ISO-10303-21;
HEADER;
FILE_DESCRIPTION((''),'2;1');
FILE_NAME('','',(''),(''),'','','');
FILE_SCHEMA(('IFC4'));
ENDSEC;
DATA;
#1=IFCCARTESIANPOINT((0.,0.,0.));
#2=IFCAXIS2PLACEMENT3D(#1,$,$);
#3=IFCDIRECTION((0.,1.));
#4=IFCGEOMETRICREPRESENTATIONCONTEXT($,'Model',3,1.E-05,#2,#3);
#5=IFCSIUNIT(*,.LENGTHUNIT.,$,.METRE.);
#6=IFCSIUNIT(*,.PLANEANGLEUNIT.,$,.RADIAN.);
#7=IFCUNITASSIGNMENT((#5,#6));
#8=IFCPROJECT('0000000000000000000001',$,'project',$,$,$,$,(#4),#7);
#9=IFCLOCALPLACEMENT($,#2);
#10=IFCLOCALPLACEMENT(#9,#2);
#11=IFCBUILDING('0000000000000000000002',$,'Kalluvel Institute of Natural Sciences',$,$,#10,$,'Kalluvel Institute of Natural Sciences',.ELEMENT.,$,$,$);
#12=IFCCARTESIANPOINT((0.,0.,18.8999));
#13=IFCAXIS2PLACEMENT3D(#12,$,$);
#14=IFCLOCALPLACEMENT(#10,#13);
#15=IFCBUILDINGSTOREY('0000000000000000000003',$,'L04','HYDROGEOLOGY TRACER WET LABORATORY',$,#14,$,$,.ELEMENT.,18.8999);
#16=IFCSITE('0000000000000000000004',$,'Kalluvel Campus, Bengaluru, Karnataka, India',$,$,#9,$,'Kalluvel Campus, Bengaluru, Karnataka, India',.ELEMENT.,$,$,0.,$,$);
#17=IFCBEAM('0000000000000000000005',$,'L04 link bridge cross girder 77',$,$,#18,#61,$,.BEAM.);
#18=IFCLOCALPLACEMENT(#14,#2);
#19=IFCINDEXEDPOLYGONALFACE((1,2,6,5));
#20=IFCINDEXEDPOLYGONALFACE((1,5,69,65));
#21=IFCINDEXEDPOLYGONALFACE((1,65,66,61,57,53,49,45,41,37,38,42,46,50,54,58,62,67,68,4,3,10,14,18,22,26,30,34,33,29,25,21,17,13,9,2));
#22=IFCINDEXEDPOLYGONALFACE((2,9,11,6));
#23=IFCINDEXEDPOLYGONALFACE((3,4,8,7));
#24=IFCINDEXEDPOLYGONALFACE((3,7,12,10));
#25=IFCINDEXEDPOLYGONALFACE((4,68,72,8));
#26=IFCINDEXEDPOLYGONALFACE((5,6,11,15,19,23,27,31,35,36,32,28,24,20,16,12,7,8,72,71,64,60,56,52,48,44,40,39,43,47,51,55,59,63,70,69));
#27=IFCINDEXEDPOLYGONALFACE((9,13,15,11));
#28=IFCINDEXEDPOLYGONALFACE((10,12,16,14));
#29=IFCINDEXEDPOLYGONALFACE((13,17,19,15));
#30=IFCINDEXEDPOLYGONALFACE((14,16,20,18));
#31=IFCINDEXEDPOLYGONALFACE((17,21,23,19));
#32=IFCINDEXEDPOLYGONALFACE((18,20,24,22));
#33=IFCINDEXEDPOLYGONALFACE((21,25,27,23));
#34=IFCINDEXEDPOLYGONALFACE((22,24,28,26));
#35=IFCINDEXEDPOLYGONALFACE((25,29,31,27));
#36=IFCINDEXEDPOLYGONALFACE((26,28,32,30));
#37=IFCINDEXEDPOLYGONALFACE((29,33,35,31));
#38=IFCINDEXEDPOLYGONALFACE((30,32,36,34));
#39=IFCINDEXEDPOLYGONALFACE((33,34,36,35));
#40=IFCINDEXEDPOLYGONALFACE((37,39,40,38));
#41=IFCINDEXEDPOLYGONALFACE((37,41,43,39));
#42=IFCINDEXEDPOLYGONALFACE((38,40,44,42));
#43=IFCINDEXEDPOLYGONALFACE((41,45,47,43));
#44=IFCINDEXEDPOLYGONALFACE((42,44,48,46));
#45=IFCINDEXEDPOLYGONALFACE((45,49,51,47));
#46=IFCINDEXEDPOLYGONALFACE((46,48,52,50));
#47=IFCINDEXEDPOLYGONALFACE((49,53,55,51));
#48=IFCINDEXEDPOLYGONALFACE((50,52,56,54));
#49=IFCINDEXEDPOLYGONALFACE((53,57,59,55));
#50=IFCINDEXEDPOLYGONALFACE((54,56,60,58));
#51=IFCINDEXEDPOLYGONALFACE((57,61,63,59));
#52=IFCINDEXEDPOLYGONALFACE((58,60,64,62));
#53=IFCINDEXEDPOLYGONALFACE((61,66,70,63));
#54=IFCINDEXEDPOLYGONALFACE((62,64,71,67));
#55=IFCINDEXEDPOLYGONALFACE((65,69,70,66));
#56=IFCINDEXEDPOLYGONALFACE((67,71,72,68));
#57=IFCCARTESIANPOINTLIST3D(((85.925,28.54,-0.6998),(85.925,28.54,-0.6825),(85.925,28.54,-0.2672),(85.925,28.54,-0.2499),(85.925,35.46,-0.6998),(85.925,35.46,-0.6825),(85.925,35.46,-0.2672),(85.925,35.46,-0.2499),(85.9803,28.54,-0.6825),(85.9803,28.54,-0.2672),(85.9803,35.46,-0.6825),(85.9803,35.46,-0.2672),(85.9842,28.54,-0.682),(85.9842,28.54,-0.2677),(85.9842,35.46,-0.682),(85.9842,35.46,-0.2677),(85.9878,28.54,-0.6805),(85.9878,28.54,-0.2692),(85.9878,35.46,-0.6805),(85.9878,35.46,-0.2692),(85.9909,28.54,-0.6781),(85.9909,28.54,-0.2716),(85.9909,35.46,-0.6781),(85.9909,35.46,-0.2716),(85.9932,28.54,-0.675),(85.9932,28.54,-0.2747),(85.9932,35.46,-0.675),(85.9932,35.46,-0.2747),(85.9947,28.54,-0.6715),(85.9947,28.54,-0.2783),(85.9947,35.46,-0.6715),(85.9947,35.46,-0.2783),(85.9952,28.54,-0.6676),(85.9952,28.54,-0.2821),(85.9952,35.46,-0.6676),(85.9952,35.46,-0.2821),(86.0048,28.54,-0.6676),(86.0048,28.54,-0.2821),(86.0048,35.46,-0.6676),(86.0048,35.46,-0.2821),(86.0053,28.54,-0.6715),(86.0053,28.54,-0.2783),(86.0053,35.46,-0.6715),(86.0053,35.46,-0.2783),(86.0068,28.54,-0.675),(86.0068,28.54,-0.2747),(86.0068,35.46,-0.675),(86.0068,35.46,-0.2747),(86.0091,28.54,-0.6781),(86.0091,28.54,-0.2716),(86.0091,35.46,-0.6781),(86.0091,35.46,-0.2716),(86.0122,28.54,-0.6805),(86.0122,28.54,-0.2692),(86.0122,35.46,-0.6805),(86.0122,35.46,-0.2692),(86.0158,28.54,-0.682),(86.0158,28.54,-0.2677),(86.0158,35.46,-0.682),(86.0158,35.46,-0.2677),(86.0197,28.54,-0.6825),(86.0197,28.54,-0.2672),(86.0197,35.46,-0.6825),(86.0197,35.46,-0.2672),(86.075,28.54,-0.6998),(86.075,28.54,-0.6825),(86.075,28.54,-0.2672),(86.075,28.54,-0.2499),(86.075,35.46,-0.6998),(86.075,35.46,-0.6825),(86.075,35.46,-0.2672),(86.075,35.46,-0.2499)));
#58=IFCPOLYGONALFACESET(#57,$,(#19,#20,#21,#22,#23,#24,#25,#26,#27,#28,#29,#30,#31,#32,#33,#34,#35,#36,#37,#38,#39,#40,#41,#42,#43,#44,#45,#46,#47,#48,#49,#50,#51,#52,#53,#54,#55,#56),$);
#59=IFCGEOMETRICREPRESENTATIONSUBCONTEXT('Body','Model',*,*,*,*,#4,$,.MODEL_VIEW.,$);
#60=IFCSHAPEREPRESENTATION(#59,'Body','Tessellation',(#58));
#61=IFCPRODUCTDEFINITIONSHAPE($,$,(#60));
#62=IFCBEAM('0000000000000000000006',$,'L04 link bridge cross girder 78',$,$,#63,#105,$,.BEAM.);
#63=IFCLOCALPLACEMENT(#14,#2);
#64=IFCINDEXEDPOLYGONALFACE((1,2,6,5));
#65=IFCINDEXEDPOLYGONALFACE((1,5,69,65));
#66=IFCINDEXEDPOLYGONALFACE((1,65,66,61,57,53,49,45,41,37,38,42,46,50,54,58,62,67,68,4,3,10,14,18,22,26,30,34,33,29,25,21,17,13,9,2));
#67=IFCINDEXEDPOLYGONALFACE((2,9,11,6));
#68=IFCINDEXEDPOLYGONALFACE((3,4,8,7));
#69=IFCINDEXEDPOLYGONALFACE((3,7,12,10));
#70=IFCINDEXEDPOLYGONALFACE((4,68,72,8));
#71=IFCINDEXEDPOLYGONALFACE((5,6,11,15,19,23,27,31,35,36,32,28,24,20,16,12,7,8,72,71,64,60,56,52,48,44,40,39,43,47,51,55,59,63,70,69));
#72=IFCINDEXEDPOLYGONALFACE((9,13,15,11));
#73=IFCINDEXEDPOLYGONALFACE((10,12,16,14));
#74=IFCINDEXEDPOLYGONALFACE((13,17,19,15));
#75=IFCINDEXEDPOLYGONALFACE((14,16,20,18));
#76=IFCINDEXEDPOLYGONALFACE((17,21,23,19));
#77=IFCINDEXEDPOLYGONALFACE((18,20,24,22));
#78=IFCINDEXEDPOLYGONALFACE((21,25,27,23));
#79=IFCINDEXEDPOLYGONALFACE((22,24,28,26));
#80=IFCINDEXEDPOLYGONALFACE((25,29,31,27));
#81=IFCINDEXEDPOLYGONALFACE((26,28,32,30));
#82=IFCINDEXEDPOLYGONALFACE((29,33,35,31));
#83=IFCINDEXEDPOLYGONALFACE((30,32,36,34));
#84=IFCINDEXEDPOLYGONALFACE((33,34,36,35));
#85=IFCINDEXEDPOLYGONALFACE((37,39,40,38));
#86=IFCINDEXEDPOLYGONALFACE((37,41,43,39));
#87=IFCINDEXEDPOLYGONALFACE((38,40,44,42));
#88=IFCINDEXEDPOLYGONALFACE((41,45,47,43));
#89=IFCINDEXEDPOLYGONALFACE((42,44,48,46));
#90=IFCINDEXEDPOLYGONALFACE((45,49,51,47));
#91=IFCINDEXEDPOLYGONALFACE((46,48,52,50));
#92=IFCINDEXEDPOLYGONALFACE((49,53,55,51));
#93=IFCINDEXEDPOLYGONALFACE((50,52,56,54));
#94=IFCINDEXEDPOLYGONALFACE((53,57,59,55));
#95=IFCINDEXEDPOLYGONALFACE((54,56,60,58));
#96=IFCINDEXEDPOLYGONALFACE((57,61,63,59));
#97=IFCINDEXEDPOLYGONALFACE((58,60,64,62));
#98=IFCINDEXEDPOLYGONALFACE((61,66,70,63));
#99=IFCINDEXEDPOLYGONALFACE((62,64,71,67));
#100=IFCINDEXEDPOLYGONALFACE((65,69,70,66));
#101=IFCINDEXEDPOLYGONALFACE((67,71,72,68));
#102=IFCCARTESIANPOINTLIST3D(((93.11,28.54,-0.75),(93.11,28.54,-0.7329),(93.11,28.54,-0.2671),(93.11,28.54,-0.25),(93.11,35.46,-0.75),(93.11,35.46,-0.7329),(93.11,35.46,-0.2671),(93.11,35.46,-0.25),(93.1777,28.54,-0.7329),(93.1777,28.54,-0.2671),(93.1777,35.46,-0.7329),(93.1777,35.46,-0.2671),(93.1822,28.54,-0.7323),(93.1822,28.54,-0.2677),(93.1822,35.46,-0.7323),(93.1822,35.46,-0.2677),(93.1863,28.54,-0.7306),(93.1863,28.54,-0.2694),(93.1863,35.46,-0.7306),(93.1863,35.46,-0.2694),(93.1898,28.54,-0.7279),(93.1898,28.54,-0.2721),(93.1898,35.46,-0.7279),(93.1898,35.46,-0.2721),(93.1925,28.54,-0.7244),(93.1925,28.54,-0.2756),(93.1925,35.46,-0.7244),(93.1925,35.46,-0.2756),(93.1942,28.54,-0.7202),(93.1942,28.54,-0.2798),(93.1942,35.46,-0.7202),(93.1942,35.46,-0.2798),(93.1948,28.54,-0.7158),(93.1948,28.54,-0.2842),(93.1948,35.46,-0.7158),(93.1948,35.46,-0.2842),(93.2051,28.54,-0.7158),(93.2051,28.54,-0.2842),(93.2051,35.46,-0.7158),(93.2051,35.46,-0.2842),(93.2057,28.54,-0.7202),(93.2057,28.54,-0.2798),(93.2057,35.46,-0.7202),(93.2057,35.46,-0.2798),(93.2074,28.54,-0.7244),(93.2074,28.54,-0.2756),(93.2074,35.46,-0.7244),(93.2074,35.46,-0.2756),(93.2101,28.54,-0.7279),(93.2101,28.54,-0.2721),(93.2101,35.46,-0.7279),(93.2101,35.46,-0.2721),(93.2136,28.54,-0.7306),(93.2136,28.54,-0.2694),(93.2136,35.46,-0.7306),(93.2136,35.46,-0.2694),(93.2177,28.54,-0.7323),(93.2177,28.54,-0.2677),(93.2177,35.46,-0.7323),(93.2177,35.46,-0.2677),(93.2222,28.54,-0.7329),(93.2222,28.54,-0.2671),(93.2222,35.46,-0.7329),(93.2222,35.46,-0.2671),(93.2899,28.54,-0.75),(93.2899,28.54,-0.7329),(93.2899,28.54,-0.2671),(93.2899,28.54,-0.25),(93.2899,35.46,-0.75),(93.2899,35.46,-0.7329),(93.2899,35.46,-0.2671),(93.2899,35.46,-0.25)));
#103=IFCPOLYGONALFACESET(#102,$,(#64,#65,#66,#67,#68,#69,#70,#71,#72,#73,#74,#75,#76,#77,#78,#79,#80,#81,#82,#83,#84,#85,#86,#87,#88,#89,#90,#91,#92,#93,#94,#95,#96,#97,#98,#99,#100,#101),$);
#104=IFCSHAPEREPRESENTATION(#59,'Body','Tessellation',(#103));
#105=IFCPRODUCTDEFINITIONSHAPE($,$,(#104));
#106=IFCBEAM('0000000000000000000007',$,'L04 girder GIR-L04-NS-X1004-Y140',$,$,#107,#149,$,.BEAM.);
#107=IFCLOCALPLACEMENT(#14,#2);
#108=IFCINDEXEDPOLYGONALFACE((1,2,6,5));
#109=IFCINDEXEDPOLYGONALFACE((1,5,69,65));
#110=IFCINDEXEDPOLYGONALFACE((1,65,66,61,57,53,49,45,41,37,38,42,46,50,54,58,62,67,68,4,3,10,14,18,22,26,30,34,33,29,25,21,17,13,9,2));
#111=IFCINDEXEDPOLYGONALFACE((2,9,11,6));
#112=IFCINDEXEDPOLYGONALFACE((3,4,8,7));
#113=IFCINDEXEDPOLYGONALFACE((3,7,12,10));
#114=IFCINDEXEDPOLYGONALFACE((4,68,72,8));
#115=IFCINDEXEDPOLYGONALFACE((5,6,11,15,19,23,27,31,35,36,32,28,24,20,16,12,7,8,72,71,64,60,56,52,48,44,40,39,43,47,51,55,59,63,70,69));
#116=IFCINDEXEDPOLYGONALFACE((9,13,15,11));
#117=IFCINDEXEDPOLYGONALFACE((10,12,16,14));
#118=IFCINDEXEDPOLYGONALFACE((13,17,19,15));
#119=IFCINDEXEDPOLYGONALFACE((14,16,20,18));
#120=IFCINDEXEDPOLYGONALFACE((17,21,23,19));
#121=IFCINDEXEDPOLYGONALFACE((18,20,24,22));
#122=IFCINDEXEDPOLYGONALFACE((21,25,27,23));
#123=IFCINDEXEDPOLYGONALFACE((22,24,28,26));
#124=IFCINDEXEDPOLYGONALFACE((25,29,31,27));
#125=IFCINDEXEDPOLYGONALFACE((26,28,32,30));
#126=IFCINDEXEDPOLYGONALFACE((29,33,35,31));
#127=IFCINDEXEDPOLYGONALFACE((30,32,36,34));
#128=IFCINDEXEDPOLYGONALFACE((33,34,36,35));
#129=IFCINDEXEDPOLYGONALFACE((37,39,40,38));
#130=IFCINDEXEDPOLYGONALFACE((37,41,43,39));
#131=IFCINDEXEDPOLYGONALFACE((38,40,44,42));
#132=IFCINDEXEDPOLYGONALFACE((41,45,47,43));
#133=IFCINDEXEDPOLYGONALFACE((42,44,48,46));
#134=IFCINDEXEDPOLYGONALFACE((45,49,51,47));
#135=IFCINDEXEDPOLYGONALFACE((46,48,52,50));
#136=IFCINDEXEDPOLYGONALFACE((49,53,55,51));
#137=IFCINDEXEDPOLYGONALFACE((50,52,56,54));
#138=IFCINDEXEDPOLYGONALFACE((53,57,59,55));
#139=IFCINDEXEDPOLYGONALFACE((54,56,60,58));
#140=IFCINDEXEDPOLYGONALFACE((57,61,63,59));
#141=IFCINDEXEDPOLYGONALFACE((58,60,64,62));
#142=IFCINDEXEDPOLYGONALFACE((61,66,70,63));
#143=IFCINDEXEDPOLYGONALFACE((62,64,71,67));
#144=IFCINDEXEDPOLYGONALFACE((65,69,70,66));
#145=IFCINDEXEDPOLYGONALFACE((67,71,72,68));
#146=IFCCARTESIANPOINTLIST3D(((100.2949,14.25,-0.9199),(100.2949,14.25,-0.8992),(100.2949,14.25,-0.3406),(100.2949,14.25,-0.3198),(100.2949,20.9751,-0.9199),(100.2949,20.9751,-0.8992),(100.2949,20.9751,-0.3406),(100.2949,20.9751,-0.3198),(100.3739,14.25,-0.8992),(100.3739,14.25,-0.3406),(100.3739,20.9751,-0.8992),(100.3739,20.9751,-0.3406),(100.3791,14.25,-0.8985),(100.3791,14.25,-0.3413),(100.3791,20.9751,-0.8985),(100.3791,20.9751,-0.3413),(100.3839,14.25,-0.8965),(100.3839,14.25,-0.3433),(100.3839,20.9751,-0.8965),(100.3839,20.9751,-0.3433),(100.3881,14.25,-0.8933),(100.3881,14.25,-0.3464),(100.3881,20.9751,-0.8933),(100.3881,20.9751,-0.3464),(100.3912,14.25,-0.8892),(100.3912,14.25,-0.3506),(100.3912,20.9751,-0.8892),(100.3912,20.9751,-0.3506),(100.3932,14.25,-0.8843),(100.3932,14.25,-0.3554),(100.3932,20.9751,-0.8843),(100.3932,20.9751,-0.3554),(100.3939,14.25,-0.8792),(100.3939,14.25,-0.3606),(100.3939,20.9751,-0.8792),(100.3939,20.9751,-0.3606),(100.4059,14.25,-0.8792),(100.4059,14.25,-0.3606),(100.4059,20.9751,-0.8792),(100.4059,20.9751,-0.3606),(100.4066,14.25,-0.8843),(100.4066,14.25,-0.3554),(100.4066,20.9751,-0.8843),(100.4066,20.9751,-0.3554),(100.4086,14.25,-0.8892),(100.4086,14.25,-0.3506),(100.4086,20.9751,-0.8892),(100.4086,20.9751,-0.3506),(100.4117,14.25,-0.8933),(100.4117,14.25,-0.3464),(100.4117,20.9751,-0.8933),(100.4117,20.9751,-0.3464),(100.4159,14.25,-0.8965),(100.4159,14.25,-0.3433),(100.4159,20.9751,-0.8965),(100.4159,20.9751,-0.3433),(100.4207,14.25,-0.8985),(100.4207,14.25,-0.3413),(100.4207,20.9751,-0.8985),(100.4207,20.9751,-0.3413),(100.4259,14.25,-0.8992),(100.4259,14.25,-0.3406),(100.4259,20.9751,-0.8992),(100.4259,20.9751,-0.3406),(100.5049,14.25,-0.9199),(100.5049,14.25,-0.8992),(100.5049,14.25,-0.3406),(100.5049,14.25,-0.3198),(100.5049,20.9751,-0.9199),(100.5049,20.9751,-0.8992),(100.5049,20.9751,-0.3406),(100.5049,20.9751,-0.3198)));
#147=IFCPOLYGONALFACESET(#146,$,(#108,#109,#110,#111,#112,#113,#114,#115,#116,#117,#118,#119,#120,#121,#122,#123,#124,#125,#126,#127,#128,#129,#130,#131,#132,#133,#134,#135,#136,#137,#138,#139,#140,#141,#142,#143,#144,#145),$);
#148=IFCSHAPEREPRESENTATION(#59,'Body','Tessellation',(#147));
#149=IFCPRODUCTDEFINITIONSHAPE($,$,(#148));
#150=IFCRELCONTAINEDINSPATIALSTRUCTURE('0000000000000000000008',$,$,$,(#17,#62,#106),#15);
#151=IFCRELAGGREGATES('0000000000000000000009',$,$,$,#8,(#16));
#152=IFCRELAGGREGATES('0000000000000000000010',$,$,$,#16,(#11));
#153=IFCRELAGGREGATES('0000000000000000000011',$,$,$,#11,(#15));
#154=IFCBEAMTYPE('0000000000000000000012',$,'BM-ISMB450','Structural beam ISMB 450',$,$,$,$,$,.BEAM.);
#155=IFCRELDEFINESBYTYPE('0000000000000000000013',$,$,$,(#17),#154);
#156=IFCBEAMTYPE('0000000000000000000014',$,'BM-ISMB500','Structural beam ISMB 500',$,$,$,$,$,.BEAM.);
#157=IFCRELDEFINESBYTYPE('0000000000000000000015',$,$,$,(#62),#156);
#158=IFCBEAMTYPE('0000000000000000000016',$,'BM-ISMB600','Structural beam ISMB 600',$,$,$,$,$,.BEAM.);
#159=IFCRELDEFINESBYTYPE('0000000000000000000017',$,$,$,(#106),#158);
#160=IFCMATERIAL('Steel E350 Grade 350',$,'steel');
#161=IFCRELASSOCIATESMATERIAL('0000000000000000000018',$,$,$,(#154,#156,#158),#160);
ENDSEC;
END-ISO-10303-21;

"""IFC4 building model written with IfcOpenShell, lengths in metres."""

from ifc_helpers import new_model, si_unit, direction, frame, origin, origin_2d, place, context, subcontext, project, spatial, i_section, extrude, material, material_profile, profile_set, type_object, element, save


model = new_model("IFC4")

# Units and contexts
model_context = context("Model", 3, precision=1e-05, world=origin(), true_north=direction((0.0, 1.0)))
body_context = subcontext(model_context, "Body", "Model", "MODEL_VIEW")
ifc_project = project(units=[si_unit("LENGTHUNIT", "METRE"), si_unit("PLANEANGLEUNIT", "RADIAN")], contexts=[model_context])

# Site, building, storey
site_placement = place(None, origin())
site = spatial("IfcSite", under=ifc_project, at=site_placement, Name="Kalluvel Campus, Bengaluru, Karnataka, India", LongName="Kalluvel Campus, Bengaluru, Karnataka, India", CompositionType="ELEMENT", RefElevation=0.0)
building_placement = place(site_placement, origin())
building = spatial("IfcBuilding", under=site, at=building_placement, Name="Kalluvel Institute of Natural Sciences", LongName="Kalluvel Institute of Natural Sciences", CompositionType="ELEMENT")
storey_placement = place(building_placement, frame((0.0, 0.0, 18.8999)))
storey = spatial("IfcBuildingStorey", under=building, at=storey_placement, Name="L04", Description="HYDROGEOLOGY TRACER WET LABORATORY", CompositionType="ELEMENT", Elevation=18.8999)

# Beams
ifc_material_1 = material(Name="Steel E350 Grade 350", Category="steel")
ifc_material_profile_1 = material_profile(ifc_material_1, i_section(OverallWidth=0.1499, OverallDepth=0.45, WebThickness=0.0095, FlangeThickness=0.0173, FilletRadius=0.0149, at=origin_2d()), Name="ISMB 450")
ifc_profile_set_1 = profile_set([ifc_material_profile_1], Name="Steel E350 Grade 350")
beam_type_1 = type_object("IfcBeamType", Name="BM-ISMB450", Description="Structural beam ISMB 450", PredefinedType="BEAM", material=ifc_profile_set_1)
beam_1_placement = place(storey_placement, frame((86.0, 28.54, -0.4749), z_axis=(0.0, 1.0, 0.0), x_axis=(-1.0, 0.0, 0.0)))
element("IfcBeam", 1, at=beam_1_placement, inside=storey, type_object=beam_type_1, Name="L04 link bridge cross girder 77", PredefinedType="BEAM", context=body_context, shape_type="SweptSolid", body=[
    extrude(i_section(OverallWidth=0.1499, OverallDepth=0.45, WebThickness=0.0095, FlangeThickness=0.0173, FilletRadius=0.0149, at=origin_2d()), origin(), (0.0, 0.0, 1.0), 6.9199),
])
ifc_material_profile_2 = material_profile(ifc_material_1, i_section(OverallWidth=0.1799, OverallDepth=0.5, WebThickness=0.0103, FlangeThickness=0.0171, FilletRadius=0.0171, at=origin_2d()), Name="ISMB 500")
ifc_profile_set_2 = profile_set([ifc_material_profile_2], Name="Steel E350 Grade 350")
beam_type_2 = type_object("IfcBeamType", Name="BM-ISMB500", Description="Structural beam ISMB 500", PredefinedType="BEAM", material=ifc_profile_set_2)
beam_2_placement = place(storey_placement, frame((93.2, 28.54, -0.5), z_axis=(0.0, 1.0, 0.0), x_axis=(-1.0, 0.0, 0.0)))
element("IfcBeam", 2, at=beam_2_placement, inside=storey, type_object=beam_type_2, Name="L04 link bridge cross girder 78", PredefinedType="BEAM", context=body_context, shape_type="SweptSolid", body=[
    extrude(i_section(OverallWidth=0.1799, OverallDepth=0.5, WebThickness=0.0103, FlangeThickness=0.0171, FilletRadius=0.0171, at=origin_2d()), origin(), (0.0, 0.0, 1.0), 6.9199),
])
ifc_material_profile_3 = material_profile(ifc_material_1, i_section(OverallWidth=0.21, OverallDepth=0.6001, WebThickness=0.012, FlangeThickness=0.0208, FilletRadius=0.02, at=origin_2d()), Name="ISMB 600")
ifc_profile_set_3 = profile_set([ifc_material_profile_3], Name="Steel E350 Grade 350")
beam_type_3 = type_object("IfcBeamType", Name="BM-ISMB600", Description="Structural beam ISMB 600", PredefinedType="BEAM", material=ifc_profile_set_3)
beam_3_placement = place(storey_placement, frame((100.3999, 14.25, -0.6199), z_axis=(0.0, 1.0, 0.0), x_axis=(-1.0, 0.0, 0.0)))
element("IfcBeam", 3, at=beam_3_placement, inside=storey, type_object=beam_type_3, Name="L04 girder GIR-L04-NS-X1004-Y140", PredefinedType="BEAM", context=body_context, shape_type="SweptSolid", body=[
    extrude(i_section(OverallWidth=0.21, OverallDepth=0.6001, WebThickness=0.012, FlangeThickness=0.0208, FilletRadius=0.02, at=origin_2d()), origin(), (0.0, 0.0, 1.0), 6.7251),
])

save(model, "model.ifc")
